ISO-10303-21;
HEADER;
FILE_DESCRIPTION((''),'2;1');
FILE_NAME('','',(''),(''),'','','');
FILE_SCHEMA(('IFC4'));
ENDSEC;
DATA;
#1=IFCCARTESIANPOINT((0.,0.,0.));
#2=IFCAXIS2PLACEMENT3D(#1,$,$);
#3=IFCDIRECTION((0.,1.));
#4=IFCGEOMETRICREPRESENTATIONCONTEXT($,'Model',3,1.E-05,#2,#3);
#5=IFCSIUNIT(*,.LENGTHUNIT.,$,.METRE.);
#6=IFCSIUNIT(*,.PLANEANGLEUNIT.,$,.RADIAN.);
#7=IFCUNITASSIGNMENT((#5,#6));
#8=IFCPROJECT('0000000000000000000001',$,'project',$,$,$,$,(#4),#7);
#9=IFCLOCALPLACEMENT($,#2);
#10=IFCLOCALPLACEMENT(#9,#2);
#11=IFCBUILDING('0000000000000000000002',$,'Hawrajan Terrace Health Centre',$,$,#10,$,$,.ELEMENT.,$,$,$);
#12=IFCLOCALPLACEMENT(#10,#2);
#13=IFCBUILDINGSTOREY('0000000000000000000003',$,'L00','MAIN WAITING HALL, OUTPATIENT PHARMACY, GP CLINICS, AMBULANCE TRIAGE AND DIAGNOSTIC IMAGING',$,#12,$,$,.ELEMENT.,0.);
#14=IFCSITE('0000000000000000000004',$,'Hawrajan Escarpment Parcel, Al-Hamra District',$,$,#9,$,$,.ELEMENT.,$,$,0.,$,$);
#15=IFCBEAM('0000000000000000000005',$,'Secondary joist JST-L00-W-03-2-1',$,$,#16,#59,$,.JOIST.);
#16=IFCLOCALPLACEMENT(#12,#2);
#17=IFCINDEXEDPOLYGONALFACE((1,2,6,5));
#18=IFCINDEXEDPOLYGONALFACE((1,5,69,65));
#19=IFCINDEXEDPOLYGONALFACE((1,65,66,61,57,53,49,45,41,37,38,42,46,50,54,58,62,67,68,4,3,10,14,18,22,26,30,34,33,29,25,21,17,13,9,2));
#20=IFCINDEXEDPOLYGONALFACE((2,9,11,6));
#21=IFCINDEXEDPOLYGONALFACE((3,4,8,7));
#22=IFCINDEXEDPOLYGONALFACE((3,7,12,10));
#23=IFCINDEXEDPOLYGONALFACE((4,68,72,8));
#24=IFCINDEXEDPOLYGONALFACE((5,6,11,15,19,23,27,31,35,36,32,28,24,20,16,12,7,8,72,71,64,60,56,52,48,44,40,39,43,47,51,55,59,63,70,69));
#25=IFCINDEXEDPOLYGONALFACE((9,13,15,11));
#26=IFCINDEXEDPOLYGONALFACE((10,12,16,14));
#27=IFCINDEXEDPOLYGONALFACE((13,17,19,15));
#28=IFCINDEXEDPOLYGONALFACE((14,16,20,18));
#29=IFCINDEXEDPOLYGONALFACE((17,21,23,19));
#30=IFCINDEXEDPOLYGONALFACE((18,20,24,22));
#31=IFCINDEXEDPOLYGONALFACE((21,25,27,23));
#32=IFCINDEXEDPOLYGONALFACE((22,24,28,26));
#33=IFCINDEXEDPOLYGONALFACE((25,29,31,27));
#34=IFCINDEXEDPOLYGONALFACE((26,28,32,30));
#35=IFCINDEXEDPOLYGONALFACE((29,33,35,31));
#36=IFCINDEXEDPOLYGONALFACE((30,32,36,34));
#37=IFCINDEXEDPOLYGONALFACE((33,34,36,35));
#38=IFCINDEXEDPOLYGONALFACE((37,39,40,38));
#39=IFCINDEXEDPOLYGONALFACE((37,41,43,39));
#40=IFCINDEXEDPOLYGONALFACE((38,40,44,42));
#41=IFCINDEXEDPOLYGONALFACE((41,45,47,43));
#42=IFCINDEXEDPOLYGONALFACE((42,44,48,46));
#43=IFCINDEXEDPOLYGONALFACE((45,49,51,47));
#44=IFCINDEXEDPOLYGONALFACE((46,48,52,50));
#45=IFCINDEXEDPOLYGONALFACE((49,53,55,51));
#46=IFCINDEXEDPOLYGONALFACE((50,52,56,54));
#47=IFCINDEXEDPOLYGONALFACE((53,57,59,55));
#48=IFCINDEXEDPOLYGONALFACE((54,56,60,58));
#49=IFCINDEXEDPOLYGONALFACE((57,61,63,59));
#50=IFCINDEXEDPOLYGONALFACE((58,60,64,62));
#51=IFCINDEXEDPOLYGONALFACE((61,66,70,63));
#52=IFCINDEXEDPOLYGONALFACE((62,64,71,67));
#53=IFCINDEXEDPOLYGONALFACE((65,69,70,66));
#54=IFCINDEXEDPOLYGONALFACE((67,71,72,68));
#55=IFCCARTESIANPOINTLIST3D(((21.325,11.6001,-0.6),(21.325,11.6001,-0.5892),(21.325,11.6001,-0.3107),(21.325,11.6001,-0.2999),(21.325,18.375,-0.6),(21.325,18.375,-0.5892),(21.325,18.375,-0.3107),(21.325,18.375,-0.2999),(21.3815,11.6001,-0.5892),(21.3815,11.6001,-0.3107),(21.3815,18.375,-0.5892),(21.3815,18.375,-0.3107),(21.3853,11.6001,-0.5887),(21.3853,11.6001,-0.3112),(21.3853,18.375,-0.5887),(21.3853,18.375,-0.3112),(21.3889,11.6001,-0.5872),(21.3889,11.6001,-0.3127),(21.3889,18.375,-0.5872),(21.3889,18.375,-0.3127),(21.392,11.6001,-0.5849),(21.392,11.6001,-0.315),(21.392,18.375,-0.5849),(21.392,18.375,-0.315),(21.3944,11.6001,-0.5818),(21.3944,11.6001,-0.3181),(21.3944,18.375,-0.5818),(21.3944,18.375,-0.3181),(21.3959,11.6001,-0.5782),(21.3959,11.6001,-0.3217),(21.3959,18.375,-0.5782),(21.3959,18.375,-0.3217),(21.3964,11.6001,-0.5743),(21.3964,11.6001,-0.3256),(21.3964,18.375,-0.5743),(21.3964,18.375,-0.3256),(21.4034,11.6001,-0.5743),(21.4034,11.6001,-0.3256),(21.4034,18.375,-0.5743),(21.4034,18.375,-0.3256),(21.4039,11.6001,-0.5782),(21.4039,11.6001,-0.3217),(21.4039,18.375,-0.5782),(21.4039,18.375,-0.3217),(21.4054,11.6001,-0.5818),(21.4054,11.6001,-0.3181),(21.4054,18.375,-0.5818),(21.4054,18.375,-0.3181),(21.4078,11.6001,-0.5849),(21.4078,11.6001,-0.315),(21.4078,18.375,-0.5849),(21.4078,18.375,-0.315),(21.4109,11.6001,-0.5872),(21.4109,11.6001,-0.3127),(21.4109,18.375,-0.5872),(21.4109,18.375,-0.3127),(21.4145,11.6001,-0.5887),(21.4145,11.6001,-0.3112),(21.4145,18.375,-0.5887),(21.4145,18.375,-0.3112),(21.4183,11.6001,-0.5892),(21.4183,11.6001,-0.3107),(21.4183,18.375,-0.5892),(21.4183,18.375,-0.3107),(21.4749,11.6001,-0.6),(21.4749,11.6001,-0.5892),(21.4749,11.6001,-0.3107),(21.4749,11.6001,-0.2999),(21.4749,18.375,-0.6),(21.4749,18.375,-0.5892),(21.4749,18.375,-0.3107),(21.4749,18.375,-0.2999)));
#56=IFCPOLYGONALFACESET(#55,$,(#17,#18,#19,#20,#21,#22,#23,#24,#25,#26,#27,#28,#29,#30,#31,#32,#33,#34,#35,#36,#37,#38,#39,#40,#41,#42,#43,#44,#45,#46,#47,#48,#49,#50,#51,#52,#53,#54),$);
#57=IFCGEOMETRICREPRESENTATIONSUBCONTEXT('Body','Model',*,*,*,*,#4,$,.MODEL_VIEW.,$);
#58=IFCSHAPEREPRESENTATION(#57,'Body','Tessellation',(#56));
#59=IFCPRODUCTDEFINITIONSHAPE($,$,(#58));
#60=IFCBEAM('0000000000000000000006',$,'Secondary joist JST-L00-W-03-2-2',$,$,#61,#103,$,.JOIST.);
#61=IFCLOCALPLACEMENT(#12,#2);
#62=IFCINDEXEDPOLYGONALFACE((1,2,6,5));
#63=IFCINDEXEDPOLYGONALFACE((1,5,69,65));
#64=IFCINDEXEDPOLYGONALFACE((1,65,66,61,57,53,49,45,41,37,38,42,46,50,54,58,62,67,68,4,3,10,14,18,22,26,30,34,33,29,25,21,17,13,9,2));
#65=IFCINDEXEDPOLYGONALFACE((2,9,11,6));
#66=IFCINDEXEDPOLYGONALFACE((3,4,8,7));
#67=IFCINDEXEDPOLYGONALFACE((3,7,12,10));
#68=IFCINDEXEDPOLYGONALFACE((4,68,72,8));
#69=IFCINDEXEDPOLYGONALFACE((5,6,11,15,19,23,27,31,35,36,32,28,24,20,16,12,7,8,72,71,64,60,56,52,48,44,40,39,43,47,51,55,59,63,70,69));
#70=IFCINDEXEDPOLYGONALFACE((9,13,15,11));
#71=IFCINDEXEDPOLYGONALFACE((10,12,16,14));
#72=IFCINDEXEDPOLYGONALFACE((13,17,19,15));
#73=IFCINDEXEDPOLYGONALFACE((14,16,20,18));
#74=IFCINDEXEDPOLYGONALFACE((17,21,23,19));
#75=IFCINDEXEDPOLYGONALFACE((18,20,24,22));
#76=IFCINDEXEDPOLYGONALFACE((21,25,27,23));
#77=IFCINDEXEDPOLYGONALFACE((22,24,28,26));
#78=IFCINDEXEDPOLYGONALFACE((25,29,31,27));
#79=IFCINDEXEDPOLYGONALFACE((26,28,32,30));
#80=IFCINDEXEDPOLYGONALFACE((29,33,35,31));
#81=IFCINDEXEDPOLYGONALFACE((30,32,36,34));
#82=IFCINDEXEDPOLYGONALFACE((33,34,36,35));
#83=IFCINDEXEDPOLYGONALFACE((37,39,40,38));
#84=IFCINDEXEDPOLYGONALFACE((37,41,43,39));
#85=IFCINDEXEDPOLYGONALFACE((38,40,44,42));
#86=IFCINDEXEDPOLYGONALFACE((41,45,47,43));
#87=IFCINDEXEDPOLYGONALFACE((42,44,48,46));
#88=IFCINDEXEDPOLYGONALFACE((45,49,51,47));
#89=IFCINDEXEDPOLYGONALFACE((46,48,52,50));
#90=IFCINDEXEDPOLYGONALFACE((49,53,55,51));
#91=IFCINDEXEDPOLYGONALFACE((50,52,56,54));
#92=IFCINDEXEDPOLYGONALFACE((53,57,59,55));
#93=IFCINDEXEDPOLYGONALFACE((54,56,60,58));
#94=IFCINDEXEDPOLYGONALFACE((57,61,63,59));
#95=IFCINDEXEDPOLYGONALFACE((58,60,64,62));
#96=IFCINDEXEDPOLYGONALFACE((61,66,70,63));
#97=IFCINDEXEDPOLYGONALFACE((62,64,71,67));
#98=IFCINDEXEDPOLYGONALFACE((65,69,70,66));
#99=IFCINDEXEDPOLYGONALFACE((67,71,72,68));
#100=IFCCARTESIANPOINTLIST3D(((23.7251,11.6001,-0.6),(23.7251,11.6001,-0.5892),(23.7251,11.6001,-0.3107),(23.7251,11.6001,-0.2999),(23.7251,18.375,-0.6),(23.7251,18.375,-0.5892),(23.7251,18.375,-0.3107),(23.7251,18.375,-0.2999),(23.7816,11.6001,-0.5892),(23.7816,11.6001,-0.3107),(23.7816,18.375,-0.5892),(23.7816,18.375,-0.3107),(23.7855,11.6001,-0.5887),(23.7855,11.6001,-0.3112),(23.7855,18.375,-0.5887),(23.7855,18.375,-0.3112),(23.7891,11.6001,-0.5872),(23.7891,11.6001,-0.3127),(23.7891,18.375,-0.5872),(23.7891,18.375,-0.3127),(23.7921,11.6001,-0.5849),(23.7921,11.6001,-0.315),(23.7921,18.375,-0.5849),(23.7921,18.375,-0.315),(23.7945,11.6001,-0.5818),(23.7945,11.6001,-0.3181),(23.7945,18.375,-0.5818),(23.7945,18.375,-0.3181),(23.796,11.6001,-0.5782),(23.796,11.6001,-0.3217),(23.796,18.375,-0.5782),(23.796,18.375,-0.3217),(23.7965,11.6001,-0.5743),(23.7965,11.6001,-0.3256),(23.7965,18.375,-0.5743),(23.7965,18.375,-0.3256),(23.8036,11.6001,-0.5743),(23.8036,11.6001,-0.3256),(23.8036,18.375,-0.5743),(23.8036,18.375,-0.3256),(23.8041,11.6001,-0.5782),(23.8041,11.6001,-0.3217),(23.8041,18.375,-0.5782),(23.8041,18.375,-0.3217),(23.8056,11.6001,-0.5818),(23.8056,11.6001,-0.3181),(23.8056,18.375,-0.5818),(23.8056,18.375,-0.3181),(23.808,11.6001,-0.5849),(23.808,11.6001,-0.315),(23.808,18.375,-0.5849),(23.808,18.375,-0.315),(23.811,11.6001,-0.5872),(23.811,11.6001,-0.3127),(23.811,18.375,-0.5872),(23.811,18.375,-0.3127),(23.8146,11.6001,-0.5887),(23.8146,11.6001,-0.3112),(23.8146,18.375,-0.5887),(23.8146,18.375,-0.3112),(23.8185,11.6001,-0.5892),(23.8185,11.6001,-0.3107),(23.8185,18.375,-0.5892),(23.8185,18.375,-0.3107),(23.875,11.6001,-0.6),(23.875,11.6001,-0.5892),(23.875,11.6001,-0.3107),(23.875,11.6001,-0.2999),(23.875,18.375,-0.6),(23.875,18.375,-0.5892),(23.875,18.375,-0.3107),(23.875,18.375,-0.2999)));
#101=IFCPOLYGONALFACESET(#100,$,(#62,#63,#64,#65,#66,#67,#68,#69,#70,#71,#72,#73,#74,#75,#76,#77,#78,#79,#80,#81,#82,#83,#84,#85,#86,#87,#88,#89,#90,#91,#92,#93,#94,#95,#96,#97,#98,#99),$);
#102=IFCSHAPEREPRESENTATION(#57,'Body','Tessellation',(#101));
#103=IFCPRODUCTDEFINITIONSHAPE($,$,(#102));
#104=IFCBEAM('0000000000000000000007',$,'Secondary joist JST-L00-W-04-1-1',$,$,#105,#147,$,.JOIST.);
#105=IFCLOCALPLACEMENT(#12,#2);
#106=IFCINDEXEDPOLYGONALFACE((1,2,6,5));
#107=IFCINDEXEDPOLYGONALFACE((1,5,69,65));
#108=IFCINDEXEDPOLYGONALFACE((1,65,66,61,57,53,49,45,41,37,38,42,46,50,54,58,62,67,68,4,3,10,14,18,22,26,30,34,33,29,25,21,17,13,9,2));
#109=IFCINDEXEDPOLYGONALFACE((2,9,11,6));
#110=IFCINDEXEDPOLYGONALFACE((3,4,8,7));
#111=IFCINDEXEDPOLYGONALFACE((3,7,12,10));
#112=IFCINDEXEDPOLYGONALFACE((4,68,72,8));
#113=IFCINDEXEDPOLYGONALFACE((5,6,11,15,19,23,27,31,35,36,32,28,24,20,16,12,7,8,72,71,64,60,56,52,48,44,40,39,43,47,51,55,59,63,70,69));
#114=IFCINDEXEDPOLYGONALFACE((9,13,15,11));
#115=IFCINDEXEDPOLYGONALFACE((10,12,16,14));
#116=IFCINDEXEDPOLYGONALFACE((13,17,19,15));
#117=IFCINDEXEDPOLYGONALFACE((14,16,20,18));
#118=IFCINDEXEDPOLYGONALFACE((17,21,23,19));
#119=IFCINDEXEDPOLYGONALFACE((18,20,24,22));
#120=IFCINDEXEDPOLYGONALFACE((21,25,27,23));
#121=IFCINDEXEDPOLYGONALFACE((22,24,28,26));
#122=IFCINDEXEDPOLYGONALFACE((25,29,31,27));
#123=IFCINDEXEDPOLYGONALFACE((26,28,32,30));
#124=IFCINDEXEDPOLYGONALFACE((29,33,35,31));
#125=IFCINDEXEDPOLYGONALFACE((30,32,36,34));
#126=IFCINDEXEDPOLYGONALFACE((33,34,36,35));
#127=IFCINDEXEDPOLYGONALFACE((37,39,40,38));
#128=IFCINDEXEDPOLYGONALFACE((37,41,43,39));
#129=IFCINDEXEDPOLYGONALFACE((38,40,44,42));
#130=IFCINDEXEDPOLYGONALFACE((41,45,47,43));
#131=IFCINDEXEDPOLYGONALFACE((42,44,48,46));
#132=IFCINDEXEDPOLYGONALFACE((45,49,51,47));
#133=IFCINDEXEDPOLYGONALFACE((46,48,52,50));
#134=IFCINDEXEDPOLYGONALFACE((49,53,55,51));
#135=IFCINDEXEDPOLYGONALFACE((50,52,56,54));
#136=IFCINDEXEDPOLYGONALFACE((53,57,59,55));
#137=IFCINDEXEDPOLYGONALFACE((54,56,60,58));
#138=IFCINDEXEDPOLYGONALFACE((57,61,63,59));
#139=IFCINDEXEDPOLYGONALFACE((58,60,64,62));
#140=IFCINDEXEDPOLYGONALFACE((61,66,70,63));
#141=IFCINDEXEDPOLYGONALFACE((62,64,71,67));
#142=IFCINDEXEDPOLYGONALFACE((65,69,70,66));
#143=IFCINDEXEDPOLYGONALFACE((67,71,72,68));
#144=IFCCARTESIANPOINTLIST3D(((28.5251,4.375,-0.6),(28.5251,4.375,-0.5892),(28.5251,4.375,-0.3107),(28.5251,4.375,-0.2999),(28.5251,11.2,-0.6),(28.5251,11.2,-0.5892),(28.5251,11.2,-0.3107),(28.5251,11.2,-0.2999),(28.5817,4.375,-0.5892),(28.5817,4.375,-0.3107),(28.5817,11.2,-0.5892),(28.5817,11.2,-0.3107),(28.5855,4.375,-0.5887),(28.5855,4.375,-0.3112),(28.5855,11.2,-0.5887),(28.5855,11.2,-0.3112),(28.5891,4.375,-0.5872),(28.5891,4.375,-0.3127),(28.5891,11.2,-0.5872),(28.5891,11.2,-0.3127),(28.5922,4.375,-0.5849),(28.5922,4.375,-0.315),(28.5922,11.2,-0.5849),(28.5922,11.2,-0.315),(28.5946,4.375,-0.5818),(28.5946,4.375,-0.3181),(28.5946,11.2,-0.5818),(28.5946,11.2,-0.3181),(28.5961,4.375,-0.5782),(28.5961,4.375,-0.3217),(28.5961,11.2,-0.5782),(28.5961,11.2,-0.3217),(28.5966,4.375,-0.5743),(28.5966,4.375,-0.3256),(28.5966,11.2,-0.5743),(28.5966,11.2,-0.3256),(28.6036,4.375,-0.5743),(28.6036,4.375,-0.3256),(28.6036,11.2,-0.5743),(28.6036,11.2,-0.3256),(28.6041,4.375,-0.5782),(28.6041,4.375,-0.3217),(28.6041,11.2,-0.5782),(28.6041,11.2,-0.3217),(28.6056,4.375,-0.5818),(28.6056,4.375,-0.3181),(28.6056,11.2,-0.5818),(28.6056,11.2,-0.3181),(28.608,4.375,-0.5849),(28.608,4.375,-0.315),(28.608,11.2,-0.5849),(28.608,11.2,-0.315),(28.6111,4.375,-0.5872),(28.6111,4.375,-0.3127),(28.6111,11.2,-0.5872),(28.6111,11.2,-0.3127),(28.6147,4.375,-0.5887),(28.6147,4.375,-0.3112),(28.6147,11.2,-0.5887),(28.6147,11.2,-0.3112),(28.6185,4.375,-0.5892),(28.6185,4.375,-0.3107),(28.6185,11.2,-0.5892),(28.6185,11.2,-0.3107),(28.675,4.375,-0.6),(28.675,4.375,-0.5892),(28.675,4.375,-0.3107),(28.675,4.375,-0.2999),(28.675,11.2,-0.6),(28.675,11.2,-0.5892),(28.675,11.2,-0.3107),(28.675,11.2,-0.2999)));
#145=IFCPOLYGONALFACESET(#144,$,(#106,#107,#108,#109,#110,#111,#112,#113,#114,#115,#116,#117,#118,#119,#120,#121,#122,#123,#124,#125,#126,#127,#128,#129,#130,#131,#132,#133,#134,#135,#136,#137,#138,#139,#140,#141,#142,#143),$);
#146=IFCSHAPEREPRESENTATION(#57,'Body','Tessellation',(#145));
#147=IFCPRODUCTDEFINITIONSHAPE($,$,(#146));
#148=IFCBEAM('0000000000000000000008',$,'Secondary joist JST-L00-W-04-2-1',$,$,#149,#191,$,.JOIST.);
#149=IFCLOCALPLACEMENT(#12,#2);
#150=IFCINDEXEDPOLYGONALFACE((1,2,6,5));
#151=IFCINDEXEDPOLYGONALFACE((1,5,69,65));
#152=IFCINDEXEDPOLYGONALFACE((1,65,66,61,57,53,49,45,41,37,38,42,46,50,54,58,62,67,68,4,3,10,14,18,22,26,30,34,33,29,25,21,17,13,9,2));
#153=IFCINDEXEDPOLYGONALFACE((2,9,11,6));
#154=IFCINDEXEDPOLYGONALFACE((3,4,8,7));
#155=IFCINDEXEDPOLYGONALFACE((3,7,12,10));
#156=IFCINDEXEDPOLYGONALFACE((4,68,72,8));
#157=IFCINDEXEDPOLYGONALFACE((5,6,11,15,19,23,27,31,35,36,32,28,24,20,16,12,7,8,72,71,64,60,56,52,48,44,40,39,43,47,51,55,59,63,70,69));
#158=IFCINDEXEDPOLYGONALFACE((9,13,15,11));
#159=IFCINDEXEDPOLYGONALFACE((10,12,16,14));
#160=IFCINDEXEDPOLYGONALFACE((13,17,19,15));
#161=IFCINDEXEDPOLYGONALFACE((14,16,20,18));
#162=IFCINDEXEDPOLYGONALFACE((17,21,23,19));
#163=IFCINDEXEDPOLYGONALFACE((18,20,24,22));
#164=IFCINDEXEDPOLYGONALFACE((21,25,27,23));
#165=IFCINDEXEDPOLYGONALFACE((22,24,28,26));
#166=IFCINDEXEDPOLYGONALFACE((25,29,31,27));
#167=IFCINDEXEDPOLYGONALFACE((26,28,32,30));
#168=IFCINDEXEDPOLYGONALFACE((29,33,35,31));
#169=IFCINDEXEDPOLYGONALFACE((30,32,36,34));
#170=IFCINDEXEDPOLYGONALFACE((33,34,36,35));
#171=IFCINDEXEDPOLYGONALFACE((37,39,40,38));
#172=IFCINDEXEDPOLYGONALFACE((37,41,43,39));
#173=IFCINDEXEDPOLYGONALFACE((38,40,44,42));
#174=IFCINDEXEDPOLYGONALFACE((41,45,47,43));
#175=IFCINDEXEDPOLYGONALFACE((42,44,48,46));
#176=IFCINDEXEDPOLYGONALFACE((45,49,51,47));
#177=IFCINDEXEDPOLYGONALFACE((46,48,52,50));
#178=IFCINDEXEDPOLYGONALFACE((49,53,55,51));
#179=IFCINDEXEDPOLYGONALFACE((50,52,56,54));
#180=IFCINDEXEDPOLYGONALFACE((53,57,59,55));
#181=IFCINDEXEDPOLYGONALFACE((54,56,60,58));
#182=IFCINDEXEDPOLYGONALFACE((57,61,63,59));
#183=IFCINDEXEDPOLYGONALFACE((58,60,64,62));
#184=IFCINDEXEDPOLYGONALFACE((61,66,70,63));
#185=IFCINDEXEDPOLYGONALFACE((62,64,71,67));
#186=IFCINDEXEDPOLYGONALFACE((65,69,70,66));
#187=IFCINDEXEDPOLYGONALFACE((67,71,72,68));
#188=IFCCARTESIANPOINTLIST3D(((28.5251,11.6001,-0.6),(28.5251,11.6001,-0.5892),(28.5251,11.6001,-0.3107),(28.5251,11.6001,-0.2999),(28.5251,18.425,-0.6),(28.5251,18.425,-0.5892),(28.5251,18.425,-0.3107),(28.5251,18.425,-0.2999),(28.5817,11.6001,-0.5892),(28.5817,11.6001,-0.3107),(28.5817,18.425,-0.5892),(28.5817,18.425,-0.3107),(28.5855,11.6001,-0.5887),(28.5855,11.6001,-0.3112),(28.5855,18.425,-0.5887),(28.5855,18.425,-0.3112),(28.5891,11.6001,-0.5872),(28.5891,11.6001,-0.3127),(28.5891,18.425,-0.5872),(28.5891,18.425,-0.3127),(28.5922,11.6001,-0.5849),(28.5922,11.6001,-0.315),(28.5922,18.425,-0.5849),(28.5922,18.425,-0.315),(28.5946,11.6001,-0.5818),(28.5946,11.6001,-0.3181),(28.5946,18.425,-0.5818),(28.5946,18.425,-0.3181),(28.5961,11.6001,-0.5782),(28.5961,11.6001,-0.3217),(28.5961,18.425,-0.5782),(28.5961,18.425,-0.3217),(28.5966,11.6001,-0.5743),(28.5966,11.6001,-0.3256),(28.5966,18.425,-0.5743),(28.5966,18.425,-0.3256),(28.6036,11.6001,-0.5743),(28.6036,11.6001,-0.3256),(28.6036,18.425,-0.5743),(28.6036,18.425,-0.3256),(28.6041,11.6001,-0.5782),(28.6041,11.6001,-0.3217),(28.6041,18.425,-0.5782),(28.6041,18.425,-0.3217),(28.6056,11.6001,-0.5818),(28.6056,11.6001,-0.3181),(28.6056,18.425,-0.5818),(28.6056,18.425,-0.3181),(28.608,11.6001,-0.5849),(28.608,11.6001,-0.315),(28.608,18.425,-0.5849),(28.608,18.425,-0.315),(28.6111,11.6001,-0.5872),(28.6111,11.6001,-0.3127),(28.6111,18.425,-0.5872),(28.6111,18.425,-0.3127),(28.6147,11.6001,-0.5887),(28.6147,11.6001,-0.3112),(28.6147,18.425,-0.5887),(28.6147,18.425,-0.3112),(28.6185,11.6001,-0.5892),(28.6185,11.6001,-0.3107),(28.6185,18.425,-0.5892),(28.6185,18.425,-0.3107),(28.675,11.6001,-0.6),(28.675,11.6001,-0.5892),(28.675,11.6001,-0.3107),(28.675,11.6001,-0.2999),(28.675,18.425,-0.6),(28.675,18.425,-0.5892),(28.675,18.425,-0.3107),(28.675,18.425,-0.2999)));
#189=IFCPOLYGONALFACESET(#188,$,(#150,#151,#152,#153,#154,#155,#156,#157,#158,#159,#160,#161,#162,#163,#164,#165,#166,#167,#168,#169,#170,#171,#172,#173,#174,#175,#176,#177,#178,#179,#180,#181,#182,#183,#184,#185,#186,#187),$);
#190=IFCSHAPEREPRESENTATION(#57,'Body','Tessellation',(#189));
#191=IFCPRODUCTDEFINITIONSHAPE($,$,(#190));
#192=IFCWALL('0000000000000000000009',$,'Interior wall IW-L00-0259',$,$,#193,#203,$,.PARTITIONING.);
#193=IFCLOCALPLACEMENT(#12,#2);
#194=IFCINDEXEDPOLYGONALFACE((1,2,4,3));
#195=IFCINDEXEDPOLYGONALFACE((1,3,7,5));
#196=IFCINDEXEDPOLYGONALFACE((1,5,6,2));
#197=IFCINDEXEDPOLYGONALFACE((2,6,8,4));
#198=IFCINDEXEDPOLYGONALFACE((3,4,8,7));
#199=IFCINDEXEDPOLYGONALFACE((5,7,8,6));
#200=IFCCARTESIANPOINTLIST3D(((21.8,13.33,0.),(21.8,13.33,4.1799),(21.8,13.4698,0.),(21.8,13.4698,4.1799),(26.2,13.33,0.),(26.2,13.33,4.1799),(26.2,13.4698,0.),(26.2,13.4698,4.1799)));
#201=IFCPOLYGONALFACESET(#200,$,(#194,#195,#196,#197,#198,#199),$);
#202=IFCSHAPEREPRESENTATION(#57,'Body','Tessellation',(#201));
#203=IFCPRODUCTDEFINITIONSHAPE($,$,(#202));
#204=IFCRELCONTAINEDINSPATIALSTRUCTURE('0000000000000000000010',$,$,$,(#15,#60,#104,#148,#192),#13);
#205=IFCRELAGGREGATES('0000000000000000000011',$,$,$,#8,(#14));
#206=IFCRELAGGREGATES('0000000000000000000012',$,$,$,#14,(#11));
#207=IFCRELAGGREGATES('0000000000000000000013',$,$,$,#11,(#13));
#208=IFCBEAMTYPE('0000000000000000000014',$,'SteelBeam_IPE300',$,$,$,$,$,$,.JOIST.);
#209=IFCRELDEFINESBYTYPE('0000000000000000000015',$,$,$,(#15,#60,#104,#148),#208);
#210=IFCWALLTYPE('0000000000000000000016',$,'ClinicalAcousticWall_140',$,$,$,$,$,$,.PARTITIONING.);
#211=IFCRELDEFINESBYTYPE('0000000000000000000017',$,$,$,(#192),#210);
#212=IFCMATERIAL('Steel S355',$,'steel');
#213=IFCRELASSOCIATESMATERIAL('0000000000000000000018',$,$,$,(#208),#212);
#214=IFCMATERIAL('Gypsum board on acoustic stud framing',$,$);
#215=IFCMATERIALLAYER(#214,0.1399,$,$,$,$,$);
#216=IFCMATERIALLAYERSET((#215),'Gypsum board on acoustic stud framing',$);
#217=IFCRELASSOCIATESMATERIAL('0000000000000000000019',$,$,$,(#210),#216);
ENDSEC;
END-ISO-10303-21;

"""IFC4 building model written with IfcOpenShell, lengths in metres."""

from ifc_helpers import new_model, si_unit, direction, frame, frame_2d, origin, origin_2d, place, context, subcontext, project, spatial, rectangle, i_section, extrude, material, layer, layer_set, material_profile, profile_set, type_object, element, save


model = new_model("IFC4")

# Units and contexts
model_context = context("Model", 3, precision=1e-05, world=origin(), true_north=direction((0.0, 1.0)))
body_context = subcontext(model_context, "Body", "Model", "MODEL_VIEW")
ifc_project = project(units=[si_unit("LENGTHUNIT", "METRE"), si_unit("PLANEANGLEUNIT", "RADIAN")], contexts=[model_context])

# Site, building, storey
site_placement = place(None, origin())
site = spatial("IfcSite", under=ifc_project, at=site_placement, Name="Hawrajan Escarpment Parcel, Al-Hamra District", CompositionType="ELEMENT", RefElevation=0.0)
building_placement = place(site_placement, origin())
building = spatial("IfcBuilding", under=site, at=building_placement, Name="Hawrajan Terrace Health Centre", CompositionType="ELEMENT")
storey_placement = place(building_placement, origin())
storey = spatial("IfcBuildingStorey", under=building, at=storey_placement, Name="L00", Description="MAIN WAITING HALL, OUTPATIENT PHARMACY, GP CLINICS, AMBULANCE TRIAGE AND DIAGNOSTIC IMAGING", CompositionType="ELEMENT", Elevation=0.0)

# Beams
ifc_material_1 = material(Name="Steel S355", Category="steel")
ifc_material_profile_1 = material_profile(ifc_material_1, i_section(OverallWidth=0.1499, OverallDepth=0.3, WebThickness=0.0071, FlangeThickness=0.0107, FilletRadius=0.0149, at=origin_2d()), Name="IPE 300")
ifc_profile_set_1 = profile_set([ifc_material_profile_1], Name="Steel S355")
beam_type_1 = type_object("IfcBeamType", Name="SteelBeam_IPE300", PredefinedType="JOIST", material=ifc_profile_set_1)
for number, where, z_axis, x_axis, name in (
    (1, (21.3999, 11.6001, -0.45), (0.0, 1.0, 0.0), (-1.0, 0.0, 0.0), "Secondary joist JST-L00-W-03-2-1"),
    (2, (23.8, 11.6001, -0.45), (0.0, 1.0, 0.0), (-1.0, 0.0, 0.0), "Secondary joist JST-L00-W-03-2-2"),
):
    element("IfcBeam", number, at=place(storey_placement, frame(where, z_axis=z_axis, x_axis=x_axis)), inside=storey, type_object=beam_type_1, Name=name, PredefinedType="JOIST", context=body_context, shape_type="SweptSolid", body=[
        extrude(i_section(OverallWidth=0.1499, OverallDepth=0.3, WebThickness=0.0071, FlangeThickness=0.0107, FilletRadius=0.0149, at=origin_2d()), origin(), (0.0, 0.0, 1.0), 6.7749),
    ])
for number, where, z_axis, x_axis, name in (
    (3, (28.6001, 4.375, -0.45), (0.0, 1.0, 0.0), (-1.0, 0.0, 0.0), "Secondary joist JST-L00-W-04-1-1"),
    (4, (28.6001, 11.6001, -0.45), (0.0, 1.0, 0.0), (-1.0, 0.0, 0.0), "Secondary joist JST-L00-W-04-2-1"),
):
    element("IfcBeam", number, at=place(storey_placement, frame(where, z_axis=z_axis, x_axis=x_axis)), inside=storey, type_object=beam_type_1, Name=name, PredefinedType="JOIST", context=body_context, shape_type="SweptSolid", body=[
        extrude(i_section(OverallWidth=0.1499, OverallDepth=0.3, WebThickness=0.0071, FlangeThickness=0.0107, FilletRadius=0.0149, at=origin_2d()), origin(), (0.0, 0.0, 1.0), 6.825),
    ])

# Wall
ifc_material_2 = material(Name="Gypsum board on acoustic stud framing")
ifc_layer_1 = layer(ifc_material_2, 0.1399)
ifc_layer_set_1 = layer_set([ifc_layer_1], Name="Gypsum board on acoustic stud framing")
wall_type_1 = type_object("IfcWallType", Name="ClinicalAcousticWall_140", PredefinedType="PARTITIONING", material=ifc_layer_set_1)
wall_1_placement = place(storey_placement, frame((21.8, 13.3999, 0.0), z_axis=(0.0, 0.0, 1.0), x_axis=(1.0, 0.0, 0.0)))
element("IfcWall", 5, at=wall_1_placement, inside=storey, type_object=wall_type_1, Name="Interior wall IW-L00-0259", PredefinedType="PARTITIONING", context=body_context, shape_type="SweptSolid", body=[
    extrude(rectangle(XDim=4.3999, YDim=0.1399, at=frame_2d((2.2, 0.0))), origin(), (0.0, 0.0, 1.0), 4.1799),
])

save(model, "model.ifc")
